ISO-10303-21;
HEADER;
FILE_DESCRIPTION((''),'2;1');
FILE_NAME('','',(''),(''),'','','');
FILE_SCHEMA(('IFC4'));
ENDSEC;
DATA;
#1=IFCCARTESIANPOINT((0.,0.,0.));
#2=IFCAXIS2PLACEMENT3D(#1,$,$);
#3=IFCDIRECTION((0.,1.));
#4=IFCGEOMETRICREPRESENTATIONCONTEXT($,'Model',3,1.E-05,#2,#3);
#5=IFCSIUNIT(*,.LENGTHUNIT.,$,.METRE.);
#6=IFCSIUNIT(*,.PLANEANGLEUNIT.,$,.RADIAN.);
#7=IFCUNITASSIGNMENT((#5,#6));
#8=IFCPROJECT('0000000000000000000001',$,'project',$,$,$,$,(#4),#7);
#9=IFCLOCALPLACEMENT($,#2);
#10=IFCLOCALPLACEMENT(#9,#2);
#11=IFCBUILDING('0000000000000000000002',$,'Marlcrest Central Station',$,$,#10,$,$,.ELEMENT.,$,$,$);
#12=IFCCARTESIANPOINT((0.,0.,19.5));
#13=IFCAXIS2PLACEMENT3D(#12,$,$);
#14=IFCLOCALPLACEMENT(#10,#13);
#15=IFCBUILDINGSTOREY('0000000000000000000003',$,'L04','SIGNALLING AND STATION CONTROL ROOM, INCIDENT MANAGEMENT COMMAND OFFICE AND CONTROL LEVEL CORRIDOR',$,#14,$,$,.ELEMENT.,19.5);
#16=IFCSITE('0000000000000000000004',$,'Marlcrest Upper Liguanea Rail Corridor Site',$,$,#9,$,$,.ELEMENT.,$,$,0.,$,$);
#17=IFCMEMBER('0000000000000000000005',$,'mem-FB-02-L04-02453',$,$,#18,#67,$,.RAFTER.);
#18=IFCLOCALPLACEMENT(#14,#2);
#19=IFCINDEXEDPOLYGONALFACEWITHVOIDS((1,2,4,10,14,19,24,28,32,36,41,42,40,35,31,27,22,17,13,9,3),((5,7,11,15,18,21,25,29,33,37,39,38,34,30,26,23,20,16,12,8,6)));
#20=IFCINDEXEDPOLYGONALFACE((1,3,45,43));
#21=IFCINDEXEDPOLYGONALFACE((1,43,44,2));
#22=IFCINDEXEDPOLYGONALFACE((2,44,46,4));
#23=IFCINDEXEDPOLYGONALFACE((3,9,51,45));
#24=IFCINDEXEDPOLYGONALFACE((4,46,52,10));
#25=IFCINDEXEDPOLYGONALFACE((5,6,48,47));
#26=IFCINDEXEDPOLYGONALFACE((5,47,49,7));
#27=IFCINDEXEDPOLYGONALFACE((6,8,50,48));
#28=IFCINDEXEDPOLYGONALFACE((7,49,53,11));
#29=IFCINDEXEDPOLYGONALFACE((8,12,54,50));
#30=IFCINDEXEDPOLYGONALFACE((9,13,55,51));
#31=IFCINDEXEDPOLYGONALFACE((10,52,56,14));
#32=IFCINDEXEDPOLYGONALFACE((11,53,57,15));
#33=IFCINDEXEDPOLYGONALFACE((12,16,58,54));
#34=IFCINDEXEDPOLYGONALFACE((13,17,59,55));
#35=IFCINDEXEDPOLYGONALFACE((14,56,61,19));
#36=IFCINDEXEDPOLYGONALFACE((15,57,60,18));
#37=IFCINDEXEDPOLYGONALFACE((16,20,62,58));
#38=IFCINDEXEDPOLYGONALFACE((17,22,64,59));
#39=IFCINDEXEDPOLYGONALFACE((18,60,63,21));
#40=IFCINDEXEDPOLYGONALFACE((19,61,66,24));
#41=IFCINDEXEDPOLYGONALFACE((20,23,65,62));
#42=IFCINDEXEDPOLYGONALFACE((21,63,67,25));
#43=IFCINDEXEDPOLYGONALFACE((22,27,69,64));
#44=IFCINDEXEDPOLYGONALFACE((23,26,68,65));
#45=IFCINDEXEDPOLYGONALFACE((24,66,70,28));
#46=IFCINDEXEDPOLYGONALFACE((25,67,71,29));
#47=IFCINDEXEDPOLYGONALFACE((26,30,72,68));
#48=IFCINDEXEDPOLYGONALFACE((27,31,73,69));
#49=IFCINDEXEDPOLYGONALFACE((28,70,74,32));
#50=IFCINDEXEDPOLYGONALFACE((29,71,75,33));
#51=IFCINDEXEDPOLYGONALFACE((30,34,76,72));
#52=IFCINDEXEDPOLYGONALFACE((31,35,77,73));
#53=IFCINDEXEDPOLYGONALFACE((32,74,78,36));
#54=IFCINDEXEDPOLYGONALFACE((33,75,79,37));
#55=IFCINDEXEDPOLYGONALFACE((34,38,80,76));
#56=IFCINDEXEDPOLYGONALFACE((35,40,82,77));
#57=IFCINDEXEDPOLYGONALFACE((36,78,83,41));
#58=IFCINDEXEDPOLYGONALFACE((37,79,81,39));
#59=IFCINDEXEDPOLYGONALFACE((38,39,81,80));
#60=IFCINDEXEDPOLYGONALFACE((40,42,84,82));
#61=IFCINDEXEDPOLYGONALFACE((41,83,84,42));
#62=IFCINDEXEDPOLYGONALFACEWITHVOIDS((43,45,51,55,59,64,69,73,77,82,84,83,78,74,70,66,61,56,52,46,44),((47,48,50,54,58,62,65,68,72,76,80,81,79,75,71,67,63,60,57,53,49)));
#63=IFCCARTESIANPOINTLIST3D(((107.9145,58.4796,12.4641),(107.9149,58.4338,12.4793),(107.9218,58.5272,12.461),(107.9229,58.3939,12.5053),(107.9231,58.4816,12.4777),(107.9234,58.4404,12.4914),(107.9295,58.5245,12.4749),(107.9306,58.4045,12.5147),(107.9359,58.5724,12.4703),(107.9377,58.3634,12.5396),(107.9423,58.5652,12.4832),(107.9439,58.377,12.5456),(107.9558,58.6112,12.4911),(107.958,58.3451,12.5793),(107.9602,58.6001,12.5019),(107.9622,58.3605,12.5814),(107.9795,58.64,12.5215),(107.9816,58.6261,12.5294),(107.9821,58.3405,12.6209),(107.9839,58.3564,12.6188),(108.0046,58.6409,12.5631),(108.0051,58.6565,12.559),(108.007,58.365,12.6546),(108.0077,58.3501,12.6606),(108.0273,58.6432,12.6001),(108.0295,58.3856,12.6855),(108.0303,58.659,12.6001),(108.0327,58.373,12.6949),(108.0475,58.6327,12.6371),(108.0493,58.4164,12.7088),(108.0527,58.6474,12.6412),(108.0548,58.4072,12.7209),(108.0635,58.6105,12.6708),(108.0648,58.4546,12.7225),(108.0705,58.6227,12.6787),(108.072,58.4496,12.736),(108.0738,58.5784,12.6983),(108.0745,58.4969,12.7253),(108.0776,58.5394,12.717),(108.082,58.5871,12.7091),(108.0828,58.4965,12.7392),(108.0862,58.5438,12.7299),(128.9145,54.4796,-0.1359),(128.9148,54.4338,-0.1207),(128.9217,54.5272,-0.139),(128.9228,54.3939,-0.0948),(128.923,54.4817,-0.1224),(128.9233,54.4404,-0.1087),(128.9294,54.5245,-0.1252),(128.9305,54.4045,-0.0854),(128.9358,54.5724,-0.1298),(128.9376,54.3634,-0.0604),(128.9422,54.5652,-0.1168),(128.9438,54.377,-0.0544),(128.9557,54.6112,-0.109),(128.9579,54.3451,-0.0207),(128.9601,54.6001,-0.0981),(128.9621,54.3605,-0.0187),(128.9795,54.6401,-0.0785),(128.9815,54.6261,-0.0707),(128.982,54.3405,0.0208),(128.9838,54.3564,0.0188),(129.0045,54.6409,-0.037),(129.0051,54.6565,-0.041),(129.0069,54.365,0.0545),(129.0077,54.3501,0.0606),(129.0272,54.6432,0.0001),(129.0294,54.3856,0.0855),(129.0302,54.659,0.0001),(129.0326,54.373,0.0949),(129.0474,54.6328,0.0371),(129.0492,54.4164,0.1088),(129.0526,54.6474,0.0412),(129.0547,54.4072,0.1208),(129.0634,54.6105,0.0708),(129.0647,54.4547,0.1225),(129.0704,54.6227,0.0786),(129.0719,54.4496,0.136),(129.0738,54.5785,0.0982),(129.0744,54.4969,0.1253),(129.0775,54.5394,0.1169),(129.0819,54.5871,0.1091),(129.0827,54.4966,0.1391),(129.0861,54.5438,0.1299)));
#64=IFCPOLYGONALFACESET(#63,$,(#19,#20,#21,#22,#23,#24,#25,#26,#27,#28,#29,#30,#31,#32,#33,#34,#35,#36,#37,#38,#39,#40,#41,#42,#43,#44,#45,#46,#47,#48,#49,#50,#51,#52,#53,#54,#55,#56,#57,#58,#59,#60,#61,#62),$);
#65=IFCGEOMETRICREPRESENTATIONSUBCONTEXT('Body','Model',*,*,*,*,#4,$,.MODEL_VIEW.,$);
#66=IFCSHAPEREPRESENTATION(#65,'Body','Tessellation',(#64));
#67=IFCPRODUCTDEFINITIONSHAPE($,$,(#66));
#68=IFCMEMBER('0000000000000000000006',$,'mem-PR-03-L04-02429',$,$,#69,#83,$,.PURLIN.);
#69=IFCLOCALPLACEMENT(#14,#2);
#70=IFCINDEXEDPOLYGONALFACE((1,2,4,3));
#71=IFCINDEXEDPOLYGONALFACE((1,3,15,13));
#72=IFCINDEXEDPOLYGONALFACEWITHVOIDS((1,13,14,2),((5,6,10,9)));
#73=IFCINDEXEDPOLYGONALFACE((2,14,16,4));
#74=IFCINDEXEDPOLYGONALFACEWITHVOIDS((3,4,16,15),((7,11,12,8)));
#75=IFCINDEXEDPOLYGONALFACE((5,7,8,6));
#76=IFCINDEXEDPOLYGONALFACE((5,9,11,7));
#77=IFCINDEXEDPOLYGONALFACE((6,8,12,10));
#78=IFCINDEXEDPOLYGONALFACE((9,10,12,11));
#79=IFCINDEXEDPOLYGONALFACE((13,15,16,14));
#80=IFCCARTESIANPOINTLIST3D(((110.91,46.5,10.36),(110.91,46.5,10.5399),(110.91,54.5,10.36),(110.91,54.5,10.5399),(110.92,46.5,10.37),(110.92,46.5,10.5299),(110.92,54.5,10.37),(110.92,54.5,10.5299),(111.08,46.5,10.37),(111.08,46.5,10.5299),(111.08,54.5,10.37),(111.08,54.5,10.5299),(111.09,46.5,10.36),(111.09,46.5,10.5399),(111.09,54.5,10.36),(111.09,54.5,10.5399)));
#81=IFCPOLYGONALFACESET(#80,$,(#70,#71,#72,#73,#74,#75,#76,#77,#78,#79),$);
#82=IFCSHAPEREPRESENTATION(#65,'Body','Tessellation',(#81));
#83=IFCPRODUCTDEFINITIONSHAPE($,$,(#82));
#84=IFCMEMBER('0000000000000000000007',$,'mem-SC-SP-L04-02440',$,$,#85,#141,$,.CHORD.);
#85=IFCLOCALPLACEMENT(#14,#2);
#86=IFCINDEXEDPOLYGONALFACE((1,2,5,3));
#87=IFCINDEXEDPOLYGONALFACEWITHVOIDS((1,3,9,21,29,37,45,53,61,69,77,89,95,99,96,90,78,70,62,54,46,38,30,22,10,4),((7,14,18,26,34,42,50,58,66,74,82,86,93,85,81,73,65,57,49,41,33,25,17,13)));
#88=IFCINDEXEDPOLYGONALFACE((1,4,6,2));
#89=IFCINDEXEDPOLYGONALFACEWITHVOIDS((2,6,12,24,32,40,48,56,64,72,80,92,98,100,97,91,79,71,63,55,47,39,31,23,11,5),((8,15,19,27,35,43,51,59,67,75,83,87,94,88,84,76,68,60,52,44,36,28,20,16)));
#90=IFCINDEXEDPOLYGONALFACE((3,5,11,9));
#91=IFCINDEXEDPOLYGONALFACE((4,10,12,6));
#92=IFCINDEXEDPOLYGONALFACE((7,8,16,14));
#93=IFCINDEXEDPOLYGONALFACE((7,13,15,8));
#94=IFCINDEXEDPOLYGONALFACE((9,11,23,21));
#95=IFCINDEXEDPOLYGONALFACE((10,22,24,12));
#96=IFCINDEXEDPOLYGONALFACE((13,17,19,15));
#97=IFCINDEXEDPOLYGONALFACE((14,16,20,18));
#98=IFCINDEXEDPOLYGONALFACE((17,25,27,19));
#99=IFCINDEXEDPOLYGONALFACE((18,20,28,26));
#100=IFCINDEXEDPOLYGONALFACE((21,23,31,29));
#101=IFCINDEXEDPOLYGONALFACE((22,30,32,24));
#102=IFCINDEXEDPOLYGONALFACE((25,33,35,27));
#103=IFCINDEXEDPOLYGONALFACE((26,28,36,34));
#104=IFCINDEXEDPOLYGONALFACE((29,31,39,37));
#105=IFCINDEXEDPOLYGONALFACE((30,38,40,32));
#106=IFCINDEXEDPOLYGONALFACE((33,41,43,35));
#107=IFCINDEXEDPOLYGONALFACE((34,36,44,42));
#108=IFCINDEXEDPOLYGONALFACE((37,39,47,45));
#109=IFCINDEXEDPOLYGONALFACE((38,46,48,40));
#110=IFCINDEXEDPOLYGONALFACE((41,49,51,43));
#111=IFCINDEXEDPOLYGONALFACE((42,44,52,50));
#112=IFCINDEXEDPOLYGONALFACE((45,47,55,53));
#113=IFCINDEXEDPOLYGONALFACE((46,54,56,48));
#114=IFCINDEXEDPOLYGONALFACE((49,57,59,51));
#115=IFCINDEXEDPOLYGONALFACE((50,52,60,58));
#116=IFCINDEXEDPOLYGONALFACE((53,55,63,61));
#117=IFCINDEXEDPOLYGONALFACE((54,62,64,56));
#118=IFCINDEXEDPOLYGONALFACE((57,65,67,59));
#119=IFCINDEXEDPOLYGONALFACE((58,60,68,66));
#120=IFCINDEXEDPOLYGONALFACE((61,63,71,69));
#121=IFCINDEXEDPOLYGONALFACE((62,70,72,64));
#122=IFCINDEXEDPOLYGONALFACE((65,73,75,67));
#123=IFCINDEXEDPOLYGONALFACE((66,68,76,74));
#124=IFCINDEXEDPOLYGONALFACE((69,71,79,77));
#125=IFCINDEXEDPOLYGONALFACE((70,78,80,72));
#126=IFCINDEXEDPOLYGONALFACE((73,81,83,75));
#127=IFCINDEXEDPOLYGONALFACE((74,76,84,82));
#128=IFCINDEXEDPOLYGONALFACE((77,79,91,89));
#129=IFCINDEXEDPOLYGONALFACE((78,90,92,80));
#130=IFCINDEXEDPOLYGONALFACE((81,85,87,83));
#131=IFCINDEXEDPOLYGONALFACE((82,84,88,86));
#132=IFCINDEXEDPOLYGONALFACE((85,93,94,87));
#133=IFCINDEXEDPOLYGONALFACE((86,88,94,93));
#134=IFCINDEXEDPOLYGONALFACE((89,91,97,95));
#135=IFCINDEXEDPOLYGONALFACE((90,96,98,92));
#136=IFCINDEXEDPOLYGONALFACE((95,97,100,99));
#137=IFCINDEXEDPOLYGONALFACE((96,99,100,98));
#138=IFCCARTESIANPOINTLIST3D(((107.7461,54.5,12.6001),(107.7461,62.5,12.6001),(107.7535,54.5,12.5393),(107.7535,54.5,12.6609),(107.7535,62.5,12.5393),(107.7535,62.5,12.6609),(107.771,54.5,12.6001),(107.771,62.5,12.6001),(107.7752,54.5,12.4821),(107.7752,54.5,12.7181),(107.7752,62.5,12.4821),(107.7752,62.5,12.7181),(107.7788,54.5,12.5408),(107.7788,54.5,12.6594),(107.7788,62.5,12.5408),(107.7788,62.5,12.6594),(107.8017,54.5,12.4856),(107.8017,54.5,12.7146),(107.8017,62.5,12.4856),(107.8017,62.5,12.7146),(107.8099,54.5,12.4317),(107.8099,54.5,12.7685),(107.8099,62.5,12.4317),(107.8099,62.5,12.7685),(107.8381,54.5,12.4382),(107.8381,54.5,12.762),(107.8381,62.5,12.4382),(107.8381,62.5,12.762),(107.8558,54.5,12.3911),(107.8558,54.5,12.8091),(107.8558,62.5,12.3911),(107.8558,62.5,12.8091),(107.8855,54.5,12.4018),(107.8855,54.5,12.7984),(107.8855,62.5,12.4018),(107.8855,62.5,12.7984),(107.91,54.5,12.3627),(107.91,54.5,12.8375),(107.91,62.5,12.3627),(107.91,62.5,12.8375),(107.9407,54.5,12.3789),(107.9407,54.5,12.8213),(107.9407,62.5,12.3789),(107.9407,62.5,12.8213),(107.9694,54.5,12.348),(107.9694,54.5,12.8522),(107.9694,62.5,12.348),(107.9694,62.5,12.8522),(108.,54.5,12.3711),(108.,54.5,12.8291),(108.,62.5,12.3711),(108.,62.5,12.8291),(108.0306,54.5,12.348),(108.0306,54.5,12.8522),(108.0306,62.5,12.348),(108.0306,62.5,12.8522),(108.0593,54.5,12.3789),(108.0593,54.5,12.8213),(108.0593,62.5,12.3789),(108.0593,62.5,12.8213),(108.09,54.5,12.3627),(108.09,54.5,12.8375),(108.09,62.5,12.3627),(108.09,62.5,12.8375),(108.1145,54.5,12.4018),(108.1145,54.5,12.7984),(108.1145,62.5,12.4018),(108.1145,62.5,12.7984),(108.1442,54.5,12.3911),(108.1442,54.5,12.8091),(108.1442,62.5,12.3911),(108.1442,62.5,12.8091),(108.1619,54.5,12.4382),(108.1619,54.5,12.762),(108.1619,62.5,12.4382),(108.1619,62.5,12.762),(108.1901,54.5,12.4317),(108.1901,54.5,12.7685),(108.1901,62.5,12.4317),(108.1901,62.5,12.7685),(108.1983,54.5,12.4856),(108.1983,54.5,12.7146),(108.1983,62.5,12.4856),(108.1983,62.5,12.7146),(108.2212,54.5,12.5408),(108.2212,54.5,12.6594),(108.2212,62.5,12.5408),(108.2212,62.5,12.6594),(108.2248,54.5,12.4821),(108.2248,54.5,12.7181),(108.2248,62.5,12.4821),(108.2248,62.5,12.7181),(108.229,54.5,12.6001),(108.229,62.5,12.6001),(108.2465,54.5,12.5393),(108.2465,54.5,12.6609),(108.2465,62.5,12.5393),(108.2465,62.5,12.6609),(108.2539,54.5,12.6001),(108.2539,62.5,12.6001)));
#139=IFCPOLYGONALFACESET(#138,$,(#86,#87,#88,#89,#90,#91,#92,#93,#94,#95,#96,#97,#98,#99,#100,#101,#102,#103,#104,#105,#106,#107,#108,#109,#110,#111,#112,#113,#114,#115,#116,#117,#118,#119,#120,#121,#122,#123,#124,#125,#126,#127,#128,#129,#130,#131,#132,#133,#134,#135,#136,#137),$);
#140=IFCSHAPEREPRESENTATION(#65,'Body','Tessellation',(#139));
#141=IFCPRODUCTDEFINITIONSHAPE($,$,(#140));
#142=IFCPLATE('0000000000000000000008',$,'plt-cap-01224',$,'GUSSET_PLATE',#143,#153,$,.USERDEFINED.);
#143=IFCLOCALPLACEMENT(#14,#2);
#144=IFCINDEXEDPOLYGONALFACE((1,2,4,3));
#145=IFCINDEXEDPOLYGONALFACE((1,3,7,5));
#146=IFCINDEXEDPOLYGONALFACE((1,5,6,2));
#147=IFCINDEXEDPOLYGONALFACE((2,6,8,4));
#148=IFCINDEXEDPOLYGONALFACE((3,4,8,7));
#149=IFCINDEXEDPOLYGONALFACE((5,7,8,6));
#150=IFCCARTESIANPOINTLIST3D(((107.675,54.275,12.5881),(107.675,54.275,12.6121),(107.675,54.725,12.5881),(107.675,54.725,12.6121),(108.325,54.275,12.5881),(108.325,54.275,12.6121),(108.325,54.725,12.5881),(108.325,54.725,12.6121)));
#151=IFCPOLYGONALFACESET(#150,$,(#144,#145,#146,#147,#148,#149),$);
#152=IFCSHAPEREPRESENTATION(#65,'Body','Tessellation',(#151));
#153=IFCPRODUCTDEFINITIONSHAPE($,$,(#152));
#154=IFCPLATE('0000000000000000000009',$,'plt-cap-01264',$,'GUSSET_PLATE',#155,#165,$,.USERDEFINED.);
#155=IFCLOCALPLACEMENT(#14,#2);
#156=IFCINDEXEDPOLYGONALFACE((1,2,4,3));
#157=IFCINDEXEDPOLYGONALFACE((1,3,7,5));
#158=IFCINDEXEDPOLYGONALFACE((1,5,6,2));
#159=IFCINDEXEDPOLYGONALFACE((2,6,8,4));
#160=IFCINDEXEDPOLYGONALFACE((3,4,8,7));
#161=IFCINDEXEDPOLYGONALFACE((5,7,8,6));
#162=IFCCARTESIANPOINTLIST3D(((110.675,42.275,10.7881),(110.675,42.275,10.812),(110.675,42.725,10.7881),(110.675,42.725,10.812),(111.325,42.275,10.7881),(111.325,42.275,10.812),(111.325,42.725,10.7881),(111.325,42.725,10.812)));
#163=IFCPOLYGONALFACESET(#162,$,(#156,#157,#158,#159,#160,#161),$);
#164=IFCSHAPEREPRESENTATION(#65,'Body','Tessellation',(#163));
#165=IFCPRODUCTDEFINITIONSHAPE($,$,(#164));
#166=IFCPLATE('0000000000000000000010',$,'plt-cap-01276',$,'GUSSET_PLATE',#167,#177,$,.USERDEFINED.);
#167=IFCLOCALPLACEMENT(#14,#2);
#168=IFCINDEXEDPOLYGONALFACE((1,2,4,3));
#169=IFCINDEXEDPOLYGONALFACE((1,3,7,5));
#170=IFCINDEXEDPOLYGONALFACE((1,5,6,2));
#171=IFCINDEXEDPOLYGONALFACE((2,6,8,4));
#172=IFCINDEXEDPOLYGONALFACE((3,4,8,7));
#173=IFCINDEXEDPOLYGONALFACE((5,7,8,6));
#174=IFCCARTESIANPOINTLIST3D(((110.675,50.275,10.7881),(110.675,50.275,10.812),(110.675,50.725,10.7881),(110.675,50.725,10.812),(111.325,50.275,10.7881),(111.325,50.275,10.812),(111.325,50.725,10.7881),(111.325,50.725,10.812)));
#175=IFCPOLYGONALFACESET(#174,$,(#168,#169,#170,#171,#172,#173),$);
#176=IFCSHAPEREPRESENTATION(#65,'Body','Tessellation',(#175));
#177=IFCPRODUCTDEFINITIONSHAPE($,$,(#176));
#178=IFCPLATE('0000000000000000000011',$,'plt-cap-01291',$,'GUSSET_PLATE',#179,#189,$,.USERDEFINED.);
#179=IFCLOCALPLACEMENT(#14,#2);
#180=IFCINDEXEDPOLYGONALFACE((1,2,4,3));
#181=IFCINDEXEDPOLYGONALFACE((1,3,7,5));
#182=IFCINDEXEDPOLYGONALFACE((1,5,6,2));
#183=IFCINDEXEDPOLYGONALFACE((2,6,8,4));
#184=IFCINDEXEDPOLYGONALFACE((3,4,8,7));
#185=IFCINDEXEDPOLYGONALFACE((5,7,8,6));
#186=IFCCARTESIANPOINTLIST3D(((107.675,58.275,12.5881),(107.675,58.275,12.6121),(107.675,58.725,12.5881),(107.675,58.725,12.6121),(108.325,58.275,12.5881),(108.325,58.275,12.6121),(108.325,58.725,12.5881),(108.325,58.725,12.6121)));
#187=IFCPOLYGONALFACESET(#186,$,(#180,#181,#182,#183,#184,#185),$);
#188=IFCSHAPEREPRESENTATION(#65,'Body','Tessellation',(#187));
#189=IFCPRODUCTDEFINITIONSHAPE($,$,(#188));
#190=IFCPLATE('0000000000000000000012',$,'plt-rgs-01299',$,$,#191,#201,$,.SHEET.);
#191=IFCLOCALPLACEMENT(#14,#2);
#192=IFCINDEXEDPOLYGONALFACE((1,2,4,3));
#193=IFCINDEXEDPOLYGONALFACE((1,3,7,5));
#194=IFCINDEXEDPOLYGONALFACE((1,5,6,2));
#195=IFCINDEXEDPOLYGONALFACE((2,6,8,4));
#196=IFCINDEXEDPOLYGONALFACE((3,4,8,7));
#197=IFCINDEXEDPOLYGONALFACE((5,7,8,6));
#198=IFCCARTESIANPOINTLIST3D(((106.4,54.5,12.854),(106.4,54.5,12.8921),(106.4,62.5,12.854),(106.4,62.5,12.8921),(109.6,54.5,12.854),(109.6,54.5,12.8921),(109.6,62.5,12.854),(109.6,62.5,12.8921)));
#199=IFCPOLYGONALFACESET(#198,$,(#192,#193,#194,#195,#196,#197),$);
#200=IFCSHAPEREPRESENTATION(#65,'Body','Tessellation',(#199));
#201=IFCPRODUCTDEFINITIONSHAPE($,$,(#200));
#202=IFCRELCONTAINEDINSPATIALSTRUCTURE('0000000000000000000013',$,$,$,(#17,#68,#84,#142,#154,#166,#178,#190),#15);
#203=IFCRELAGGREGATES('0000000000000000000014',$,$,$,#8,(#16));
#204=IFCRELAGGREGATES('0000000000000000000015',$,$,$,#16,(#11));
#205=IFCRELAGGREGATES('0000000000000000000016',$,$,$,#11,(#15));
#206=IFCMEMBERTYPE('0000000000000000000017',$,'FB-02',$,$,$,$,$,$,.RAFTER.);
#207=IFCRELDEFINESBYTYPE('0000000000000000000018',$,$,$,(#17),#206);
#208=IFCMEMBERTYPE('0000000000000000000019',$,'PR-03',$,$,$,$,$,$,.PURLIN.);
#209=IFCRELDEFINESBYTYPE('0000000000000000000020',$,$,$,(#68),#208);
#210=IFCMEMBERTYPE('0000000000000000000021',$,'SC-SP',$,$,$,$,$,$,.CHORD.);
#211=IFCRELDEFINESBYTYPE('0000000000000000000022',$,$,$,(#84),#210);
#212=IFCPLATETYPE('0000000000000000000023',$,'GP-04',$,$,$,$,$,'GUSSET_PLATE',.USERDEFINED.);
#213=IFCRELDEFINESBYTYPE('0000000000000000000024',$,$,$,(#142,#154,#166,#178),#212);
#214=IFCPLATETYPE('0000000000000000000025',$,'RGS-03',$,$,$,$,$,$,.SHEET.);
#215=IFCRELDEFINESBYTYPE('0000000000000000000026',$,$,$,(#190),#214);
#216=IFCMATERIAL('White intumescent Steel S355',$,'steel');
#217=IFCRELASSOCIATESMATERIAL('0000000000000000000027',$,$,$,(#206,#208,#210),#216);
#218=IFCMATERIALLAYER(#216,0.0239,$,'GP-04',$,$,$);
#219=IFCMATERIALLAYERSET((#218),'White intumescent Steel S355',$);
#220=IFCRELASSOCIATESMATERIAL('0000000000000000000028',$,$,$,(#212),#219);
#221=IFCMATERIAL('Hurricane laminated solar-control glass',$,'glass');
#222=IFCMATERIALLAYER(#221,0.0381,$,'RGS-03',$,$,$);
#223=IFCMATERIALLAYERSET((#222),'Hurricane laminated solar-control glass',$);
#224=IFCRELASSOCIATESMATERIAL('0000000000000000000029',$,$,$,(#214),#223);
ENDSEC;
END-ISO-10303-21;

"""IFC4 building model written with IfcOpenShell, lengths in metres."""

from ifc_helpers import new_model, si_unit, direction, frame, origin, origin_2d, place, context, subcontext, project, spatial, rectangle, hollow_rectangle, hollow_circle, extrude, material, layer, layer_set, material_profile, profile_set, type_object, element, save


model = new_model("IFC4")

# Units and contexts
model_context = context("Model", 3, precision=1e-05, world=origin(), true_north=direction((0.0, 1.0)))
body_context = subcontext(model_context, "Body", "Model", "MODEL_VIEW")
ifc_project = project(units=[si_unit("LENGTHUNIT", "METRE"), si_unit("PLANEANGLEUNIT", "RADIAN")], contexts=[model_context])

# Site, building, storey
site_placement = place(None, origin())
site = spatial("IfcSite", under=ifc_project, at=site_placement, Name="Marlcrest Upper Liguanea Rail Corridor Site", CompositionType="ELEMENT", RefElevation=0.0)
building_placement = place(site_placement, origin())
building = spatial("IfcBuilding", under=site, at=building_placement, Name="Marlcrest Central Station", CompositionType="ELEMENT")
storey_placement = place(building_placement, frame((0.0, 0.0, 19.5)))
storey = spatial("IfcBuildingStorey", under=building, at=storey_placement, Name="L04", Description="SIGNALLING AND STATION CONTROL ROOM, INCIDENT MANAGEMENT COMMAND OFFICE AND CONTROL LEVEL CORRIDOR", CompositionType="ELEMENT", Elevation=19.5)

# Members
ifc_material_1 = material(Name="White intumescent Steel S355", Category="steel")
ifc_material_profile_1 = material_profile(ifc_material_1, hollow_circle(Radius=0.1619, WallThickness=0.0161, at=origin_2d()), Name="CHS 323.9x16")
ifc_profile_set_1 = profile_set([ifc_material_profile_1], Name="White intumescent Steel S355")
member_type_1 = type_object("IfcMemberType", Name="FB-02", PredefinedType="RAFTER", material=ifc_profile_set_1)
for number, where, z_axis, x_axis, name in (
    (1, (108.0, 58.5, 12.6001), (0.846277, -0.161196, -0.50777), (0.187112, 0.982339, 0.0), "mem-FB-02-L04-02453"),
):
    element("IfcMember", number, at=place(storey_placement, frame(where, z_axis=z_axis, x_axis=x_axis)), inside=storey, type_object=member_type_1, Name=name, PredefinedType="RAFTER", context=body_context, shape_type="SweptSolid", body=[
        extrude(hollow_circle(Radius=0.1619, WallThickness=0.0161, at=origin_2d()), origin(), (0.0, 0.0, 1.0), 24.8145),
    ])
ifc_material_profile_2 = material_profile(ifc_material_1, hollow_rectangle(XDim=0.1799, YDim=0.1799, WallThickness=0.01, at=origin_2d()), Name="SHS 180x180x10")
ifc_profile_set_2 = profile_set([ifc_material_profile_2], Name="White intumescent Steel S355")
member_type_2 = type_object("IfcMemberType", Name="PR-03", PredefinedType="PURLIN", material=ifc_profile_set_2)
member_1_placement = place(storey_placement, frame((111.0, 46.5, 10.45), z_axis=(0.0, 1.0, 0.0), x_axis=(-1.0, 0.0, 0.0)))
element("IfcMember", 2, at=member_1_placement, inside=storey, type_object=member_type_2, Name="mem-PR-03-L04-02429", PredefinedType="PURLIN", context=body_context, shape_type="SweptSolid", body=[
    extrude(hollow_rectangle(XDim=0.1799, YDim=0.1799, WallThickness=0.01, at=origin_2d()), origin(), (0.0, 0.0, 1.0), 8.0),
])
ifc_material_profile_3 = material_profile(ifc_material_1, hollow_circle(Radius=0.2539, WallThickness=0.0249, at=origin_2d()), Name="CHS 508x25")
ifc_profile_set_3 = profile_set([ifc_material_profile_3], Name="White intumescent Steel S355")
member_type_3 = type_object("IfcMemberType", Name="SC-SP", PredefinedType="CHORD", material=ifc_profile_set_3)
member_2_placement = place(storey_placement, frame((108.0, 54.5, 12.6001), z_axis=(0.0, 1.0, 0.0), x_axis=(-1.0, 0.0, 0.0)))
element("IfcMember", 3, at=member_2_placement, inside=storey, type_object=member_type_3, Name="mem-SC-SP-L04-02440", PredefinedType="CHORD", context=body_context, shape_type="SweptSolid", body=[
    extrude(hollow_circle(Radius=0.2539, WallThickness=0.0249, at=origin_2d()), origin(), (0.0, 0.0, 1.0), 8.0),
])

# Plates
ifc_layer_1 = layer(ifc_material_1, 0.0239, Name="GP-04")
ifc_layer_set_1 = layer_set([ifc_layer_1], Name="White intumescent Steel S355")
plate_type_1 = type_object("IfcPlateType", Name="GP-04", ElementType="GUSSET_PLATE", PredefinedType="USERDEFINED", material=ifc_layer_set_1)
for number, where, z_axis, x_axis, name in (
    (4, (108.0, 54.5, 12.5881), (0.0, 0.0, 1.0), (1.0, 0.0, 0.0), "plt-cap-01224"),
    (5, (111.0, 42.5, 10.7881), (0.0, 0.0, 1.0), (1.0, 0.0, 0.0), "plt-cap-01264"),
    (6, (111.0, 50.5, 10.7881), (0.0, 0.0, 1.0), (1.0, 0.0, 0.0), "plt-cap-01276"),
    (7, (108.0, 58.5, 12.5881), (0.0, 0.0, 1.0), (1.0, 0.0, 0.0), "plt-cap-01291"),
):
    element("IfcPlate", number, at=place(storey_placement, frame(where, z_axis=z_axis, x_axis=x_axis)), inside=storey, type_object=plate_type_1, Name=name, ObjectType="GUSSET_PLATE", PredefinedType="USERDEFINED", context=body_context, shape_type="SweptSolid", body=[
        extrude(rectangle(XDim=0.6499, YDim=0.45, at=origin_2d()), origin(), (0.0, 0.0, 1.0), 0.0239),
    ])
ifc_material_2 = material(Name="Hurricane laminated solar-control glass", Category="glass")
ifc_layer_2 = layer(ifc_material_2, 0.0381, Name="RGS-03")
ifc_layer_set_2 = layer_set([ifc_layer_2], Name="Hurricane laminated solar-control glass")
plate_type_2 = type_object("IfcPlateType", Name="RGS-03", PredefinedType="SHEET", material=ifc_layer_set_2)
plate_placement = place(storey_placement, frame((108.0, 58.5, 12.854), z_axis=(0.0, 0.0, 1.0), x_axis=(1.0, 0.0, 0.0)))
element("IfcPlate", 8, at=plate_placement, inside=storey, type_object=plate_type_2, Name="plt-rgs-01299", PredefinedType="SHEET", context=body_context, shape_type="SweptSolid", body=[
    extrude(rectangle(XDim=3.2, YDim=8.0, at=origin_2d()), origin(), (0.0, 0.0, 1.0), 0.0381),
])

save(model, "model.ifc")
